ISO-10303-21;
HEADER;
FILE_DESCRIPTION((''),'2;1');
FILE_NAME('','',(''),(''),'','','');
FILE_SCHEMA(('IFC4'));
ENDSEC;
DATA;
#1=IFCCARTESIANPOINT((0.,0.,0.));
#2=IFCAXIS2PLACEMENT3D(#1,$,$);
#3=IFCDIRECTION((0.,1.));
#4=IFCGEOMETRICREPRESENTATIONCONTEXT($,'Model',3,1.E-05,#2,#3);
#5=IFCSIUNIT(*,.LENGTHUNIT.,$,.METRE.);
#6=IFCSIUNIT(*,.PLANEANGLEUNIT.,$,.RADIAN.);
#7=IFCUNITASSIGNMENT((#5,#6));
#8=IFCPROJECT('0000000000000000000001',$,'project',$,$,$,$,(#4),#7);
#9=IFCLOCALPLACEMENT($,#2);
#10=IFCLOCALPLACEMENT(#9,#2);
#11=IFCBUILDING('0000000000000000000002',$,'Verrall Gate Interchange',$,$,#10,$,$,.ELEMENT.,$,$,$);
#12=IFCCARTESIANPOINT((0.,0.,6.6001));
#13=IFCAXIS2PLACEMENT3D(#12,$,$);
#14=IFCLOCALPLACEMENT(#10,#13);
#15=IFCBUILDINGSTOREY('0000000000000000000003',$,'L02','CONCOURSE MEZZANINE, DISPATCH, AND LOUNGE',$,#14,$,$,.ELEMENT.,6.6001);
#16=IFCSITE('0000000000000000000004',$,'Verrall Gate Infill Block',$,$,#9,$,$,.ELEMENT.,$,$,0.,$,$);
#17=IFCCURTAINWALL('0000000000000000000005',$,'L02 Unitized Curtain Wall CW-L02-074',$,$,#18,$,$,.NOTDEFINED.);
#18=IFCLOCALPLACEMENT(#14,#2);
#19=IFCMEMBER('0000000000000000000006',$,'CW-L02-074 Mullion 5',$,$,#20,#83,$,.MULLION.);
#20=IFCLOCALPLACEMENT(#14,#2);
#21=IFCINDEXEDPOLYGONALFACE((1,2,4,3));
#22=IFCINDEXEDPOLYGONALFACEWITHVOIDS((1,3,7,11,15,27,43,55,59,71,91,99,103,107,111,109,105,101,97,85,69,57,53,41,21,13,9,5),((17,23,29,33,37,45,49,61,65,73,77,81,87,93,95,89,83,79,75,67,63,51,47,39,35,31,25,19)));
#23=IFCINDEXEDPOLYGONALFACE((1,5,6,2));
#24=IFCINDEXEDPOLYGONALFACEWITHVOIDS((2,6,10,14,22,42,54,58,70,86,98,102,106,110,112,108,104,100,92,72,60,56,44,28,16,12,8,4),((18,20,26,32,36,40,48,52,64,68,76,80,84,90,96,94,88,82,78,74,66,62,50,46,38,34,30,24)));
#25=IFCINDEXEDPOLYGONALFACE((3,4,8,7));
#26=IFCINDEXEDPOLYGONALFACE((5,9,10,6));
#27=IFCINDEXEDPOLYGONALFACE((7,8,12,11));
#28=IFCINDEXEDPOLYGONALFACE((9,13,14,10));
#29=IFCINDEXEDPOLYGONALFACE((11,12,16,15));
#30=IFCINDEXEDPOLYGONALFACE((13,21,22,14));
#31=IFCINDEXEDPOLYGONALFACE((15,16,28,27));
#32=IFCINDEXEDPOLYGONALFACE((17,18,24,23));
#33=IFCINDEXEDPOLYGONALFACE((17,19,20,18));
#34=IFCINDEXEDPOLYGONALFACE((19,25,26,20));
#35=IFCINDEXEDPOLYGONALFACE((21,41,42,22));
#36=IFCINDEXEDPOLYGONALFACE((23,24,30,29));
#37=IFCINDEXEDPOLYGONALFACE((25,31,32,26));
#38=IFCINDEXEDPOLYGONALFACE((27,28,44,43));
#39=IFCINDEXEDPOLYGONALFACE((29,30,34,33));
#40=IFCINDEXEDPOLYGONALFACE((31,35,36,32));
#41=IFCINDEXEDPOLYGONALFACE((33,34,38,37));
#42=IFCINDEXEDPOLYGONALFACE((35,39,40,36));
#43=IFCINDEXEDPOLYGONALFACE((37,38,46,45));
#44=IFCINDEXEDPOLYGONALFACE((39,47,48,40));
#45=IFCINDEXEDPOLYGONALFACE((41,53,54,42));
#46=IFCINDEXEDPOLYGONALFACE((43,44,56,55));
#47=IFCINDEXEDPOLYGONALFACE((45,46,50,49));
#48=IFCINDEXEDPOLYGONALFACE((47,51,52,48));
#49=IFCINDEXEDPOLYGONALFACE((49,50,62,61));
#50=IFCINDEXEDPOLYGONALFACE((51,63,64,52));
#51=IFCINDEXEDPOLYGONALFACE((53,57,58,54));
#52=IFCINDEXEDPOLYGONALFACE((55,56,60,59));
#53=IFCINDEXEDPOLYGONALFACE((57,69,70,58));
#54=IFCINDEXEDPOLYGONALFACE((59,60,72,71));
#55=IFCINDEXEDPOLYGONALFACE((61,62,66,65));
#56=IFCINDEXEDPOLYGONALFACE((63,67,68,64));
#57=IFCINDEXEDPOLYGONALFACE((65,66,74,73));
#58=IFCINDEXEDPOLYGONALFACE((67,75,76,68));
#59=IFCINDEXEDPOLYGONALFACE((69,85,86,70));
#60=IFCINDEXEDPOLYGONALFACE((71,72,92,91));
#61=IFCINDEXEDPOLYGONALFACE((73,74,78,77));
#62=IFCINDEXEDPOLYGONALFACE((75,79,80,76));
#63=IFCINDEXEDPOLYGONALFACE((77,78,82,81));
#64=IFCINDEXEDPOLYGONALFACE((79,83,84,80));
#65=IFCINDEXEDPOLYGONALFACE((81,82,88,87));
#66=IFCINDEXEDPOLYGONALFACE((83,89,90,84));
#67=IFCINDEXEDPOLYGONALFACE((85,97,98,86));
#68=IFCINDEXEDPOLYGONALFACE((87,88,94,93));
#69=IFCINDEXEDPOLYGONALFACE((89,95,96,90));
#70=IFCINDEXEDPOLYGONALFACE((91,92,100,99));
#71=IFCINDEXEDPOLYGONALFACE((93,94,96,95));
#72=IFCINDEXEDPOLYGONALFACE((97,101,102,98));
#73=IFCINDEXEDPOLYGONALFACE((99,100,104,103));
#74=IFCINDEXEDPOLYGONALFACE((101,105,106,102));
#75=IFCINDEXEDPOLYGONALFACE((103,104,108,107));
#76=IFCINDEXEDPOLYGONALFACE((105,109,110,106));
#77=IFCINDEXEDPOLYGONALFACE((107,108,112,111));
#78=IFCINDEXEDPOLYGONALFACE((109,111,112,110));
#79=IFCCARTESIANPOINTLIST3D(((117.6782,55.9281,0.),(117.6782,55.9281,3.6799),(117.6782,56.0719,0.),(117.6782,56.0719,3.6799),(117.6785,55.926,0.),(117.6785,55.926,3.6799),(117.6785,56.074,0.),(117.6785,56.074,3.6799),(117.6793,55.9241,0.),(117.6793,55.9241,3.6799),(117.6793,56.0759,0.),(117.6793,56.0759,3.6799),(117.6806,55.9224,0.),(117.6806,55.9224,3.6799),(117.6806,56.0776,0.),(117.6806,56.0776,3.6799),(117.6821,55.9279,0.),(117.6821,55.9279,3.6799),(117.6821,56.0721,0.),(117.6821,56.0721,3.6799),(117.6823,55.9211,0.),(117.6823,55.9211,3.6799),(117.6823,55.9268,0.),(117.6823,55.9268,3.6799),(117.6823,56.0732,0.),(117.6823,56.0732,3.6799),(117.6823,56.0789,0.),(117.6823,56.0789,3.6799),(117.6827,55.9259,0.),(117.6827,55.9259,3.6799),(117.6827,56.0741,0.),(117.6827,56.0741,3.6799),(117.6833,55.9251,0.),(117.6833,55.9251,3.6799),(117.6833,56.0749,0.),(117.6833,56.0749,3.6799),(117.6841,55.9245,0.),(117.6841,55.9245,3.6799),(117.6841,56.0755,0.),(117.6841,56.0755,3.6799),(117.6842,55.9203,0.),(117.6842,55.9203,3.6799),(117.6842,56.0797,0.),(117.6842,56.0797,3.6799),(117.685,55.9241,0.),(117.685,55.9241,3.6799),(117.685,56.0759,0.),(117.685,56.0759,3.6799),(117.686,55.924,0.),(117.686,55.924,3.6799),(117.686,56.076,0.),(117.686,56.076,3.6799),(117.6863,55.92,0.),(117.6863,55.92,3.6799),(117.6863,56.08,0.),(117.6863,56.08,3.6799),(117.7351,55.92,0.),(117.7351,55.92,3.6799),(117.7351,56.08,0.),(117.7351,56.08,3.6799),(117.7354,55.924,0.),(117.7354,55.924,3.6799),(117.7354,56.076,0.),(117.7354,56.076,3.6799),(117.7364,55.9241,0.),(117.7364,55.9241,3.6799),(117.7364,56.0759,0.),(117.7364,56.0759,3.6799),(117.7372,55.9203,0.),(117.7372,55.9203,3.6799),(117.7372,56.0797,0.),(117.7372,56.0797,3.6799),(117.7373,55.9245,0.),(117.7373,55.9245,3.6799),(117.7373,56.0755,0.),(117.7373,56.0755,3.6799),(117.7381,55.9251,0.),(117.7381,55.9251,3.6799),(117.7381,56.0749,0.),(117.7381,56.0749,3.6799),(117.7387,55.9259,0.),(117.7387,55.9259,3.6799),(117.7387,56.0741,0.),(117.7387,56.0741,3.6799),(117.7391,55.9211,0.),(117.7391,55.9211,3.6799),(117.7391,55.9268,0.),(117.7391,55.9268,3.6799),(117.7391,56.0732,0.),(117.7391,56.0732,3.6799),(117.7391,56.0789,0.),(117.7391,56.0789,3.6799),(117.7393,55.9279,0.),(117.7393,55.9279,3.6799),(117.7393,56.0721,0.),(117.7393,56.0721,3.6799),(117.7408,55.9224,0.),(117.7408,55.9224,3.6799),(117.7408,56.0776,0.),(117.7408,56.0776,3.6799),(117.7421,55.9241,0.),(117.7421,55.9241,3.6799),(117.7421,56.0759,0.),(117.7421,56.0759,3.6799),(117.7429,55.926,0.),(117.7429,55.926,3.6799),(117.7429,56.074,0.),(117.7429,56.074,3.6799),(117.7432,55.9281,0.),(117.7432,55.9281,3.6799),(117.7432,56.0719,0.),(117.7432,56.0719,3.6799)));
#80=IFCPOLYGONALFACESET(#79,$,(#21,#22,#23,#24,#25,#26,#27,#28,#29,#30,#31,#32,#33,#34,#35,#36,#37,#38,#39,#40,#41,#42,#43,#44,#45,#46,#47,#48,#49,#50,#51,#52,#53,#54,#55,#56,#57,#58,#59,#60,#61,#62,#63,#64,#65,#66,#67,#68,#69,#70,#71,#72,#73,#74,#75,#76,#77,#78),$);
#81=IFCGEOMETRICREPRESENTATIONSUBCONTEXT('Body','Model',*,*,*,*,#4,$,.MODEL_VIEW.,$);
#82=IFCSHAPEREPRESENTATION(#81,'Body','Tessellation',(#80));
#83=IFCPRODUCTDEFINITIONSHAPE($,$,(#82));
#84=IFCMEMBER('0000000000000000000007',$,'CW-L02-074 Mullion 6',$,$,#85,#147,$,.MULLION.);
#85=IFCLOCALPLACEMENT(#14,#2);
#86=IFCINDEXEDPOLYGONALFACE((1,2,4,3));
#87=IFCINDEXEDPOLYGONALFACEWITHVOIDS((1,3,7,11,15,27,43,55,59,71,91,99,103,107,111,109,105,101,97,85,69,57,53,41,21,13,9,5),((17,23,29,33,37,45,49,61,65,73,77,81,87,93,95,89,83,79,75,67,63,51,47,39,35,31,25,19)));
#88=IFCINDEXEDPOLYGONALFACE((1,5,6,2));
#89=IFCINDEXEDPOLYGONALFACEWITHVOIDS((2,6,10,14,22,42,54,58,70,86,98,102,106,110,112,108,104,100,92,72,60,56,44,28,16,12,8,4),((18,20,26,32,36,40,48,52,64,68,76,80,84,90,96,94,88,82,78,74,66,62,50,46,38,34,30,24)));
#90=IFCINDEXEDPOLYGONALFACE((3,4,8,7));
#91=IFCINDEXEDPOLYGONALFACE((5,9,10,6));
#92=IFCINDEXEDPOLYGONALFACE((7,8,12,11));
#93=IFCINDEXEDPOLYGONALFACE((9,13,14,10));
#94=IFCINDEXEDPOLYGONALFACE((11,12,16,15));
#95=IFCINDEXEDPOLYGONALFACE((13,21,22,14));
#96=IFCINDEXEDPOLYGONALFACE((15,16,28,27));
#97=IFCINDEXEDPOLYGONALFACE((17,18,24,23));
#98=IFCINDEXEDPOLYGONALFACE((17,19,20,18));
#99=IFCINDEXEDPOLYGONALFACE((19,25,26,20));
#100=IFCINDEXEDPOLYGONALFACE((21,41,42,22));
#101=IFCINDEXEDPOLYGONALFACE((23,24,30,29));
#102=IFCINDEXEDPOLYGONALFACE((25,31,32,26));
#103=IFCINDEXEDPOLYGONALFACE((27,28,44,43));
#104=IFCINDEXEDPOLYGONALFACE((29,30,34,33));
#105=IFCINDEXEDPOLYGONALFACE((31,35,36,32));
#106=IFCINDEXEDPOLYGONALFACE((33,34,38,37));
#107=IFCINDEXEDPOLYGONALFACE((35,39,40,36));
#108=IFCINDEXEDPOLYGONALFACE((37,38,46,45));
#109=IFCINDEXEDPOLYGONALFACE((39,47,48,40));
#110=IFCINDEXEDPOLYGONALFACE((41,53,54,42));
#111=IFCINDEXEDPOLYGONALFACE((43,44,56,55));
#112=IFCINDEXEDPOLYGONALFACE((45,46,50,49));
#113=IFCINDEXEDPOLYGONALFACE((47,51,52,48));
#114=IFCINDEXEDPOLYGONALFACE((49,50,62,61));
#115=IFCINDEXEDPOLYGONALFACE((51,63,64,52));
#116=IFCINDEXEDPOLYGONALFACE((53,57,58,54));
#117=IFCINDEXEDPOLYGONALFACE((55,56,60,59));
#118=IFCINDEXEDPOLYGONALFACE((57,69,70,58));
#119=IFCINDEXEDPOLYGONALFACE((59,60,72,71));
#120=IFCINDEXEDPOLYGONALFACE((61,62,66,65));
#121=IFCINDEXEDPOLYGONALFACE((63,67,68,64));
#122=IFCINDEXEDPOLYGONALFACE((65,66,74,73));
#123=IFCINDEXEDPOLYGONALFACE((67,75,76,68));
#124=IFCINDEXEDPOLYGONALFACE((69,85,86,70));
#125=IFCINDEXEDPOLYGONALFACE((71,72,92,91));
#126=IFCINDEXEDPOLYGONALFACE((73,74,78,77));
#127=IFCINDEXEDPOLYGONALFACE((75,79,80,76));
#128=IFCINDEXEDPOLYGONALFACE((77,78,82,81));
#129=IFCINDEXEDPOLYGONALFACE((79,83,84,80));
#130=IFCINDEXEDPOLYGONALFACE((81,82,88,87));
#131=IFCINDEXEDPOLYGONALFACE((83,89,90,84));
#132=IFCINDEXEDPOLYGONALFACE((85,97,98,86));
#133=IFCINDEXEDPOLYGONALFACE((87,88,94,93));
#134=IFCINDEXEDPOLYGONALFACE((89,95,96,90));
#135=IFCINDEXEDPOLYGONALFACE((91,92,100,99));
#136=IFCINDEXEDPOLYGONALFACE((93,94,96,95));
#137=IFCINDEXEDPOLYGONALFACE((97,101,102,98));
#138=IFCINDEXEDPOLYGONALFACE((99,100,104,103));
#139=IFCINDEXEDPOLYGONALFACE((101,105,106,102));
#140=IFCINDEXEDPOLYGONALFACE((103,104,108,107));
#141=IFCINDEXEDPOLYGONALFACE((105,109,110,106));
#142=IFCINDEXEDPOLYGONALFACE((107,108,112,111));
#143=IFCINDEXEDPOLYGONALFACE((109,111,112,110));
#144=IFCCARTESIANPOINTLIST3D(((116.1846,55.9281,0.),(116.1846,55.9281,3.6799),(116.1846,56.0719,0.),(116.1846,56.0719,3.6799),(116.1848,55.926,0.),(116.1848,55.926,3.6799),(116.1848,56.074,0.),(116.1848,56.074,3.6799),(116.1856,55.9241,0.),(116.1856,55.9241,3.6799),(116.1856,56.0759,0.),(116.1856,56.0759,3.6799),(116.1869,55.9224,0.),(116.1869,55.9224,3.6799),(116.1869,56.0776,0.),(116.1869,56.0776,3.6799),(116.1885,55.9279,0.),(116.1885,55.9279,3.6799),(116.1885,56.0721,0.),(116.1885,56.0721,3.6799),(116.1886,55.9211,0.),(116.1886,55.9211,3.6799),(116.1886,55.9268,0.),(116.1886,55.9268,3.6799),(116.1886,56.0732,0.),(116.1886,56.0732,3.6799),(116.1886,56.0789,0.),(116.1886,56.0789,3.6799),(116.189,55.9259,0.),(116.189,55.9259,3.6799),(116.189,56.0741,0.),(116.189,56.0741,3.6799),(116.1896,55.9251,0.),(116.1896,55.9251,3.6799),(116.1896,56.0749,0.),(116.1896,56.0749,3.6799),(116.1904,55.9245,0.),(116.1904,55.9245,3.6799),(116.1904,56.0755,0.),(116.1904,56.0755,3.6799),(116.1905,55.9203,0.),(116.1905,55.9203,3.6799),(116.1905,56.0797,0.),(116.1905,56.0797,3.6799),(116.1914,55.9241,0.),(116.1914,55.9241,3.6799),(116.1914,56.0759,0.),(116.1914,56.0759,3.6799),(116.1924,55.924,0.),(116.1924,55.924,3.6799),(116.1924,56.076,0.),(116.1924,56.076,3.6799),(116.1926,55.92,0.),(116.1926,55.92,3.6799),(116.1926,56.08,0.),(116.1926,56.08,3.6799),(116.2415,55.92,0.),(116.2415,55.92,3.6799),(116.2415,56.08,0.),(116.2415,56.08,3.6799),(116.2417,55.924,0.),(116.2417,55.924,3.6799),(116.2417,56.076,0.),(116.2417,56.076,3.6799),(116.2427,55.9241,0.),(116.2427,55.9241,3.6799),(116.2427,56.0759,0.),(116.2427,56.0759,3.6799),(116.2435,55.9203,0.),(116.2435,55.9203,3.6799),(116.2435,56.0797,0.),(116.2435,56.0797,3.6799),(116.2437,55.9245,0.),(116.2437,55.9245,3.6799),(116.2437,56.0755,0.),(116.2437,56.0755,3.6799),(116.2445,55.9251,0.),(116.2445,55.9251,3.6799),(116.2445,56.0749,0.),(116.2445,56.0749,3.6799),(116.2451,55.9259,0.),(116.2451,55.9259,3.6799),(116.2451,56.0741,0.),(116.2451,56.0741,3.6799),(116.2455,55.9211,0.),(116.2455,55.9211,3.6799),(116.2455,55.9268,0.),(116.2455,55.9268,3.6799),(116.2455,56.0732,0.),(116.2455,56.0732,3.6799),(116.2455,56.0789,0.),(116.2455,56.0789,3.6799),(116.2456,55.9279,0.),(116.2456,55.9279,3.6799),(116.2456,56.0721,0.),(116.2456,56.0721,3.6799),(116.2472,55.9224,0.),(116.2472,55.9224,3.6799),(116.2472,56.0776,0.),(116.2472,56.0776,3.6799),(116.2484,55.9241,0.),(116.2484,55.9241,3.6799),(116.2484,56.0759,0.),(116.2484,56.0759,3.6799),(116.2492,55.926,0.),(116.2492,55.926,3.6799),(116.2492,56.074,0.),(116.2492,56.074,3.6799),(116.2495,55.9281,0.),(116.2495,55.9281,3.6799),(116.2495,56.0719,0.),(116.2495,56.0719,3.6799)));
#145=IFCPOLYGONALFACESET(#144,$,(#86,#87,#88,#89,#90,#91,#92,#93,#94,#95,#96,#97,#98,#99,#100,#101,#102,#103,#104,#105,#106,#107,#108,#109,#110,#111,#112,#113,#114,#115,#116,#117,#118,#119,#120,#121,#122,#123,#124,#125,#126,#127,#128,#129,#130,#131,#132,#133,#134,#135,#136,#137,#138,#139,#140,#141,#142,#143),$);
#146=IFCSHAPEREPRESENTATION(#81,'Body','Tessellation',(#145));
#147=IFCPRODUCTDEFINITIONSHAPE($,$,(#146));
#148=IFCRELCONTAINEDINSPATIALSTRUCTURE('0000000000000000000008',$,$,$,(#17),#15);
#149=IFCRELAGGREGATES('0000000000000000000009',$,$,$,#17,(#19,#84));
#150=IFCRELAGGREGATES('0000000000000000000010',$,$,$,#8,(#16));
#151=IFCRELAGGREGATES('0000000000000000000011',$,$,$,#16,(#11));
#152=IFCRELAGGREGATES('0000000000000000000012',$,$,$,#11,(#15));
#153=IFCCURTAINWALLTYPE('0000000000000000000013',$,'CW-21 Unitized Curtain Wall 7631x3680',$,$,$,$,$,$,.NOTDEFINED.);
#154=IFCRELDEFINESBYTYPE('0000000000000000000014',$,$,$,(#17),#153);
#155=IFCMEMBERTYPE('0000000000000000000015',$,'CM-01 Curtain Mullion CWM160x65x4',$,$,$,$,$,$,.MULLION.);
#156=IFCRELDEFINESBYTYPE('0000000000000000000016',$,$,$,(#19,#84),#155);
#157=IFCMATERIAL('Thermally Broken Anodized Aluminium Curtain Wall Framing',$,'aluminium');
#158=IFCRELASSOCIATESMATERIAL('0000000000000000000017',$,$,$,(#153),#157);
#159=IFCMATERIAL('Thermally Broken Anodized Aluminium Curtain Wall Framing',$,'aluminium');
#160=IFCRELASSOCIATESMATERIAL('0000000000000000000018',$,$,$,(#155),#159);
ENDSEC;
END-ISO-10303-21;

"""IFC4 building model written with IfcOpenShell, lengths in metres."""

from ifc_helpers import new_model, si_unit, direction, frame, origin, origin_2d, place, context, subcontext, project, spatial, hollow_rectangle, extrude, material, material_profile, profile_set, type_object, element, aggregate, save


model = new_model("IFC4")

# Units and contexts
model_context = context("Model", 3, precision=1e-05, world=origin(), true_north=direction((0.0, 1.0)))
body_context = subcontext(model_context, "Body", "Model", "MODEL_VIEW")
ifc_project = project(units=[si_unit("LENGTHUNIT", "METRE"), si_unit("PLANEANGLEUNIT", "RADIAN")], contexts=[model_context])

# Site, building, storey
site_placement = place(None, origin())
site = spatial("IfcSite", under=ifc_project, at=site_placement, Name="Verrall Gate Infill Block", CompositionType="ELEMENT", RefElevation=0.0)
building_placement = place(site_placement, origin())
building = spatial("IfcBuilding", under=site, at=building_placement, Name="Verrall Gate Interchange", CompositionType="ELEMENT")
storey_placement = place(building_placement, frame((0.0, 0.0, 6.6001)))
storey = spatial("IfcBuildingStorey", under=building, at=storey_placement, Name="L02", Description="CONCOURSE MEZZANINE, DISPATCH, AND LOUNGE", CompositionType="ELEMENT", Elevation=6.6001)

# Curtain wall, members
ifc_material_1 = material(Name="Thermally Broken Anodized Aluminium Curtain Wall Framing", Category="aluminium")
curtain_wall_type = type_object("IfcCurtainWallType", Name="CW-21 Unitized Curtain Wall 7631x3680", PredefinedType="NOTDEFINED", material=ifc_material_1)
curtain_wall_1_placement = place(storey_placement, origin())
curtain_wall_1 = element("IfcCurtainWall", 1, at=curtain_wall_1_placement, inside=storey, type_object=curtain_wall_type, Name="L02 Unitized Curtain Wall CW-L02-074", PredefinedType="NOTDEFINED")
ifc_material_2 = material(Name="Thermally Broken Anodized Aluminium Curtain Wall Framing", Category="aluminium")
ifc_material_profile_1 = material_profile(ifc_material_2, hollow_rectangle(XDim=0.0649, YDim=0.1599, WallThickness=0.0039, InnerFilletRadius=0.0039, OuterFilletRadius=0.0081, at=origin_2d()), Name="CWM160x65x4")
ifc_profile_set_1 = profile_set([ifc_material_profile_1], Name="Thermally Broken Anodized Aluminium Curtain Wall Framing")
member_type_1 = type_object("IfcMemberType", Name="CM-01 Curtain Mullion CWM160x65x4", PredefinedType="MULLION", material=ifc_profile_set_1)
member_1_placement = place(storey_placement, frame((117.7107, 56.0, 0.0), z_axis=(0.0, 0.0, 1.0), x_axis=(-1.0, 0.0, 0.0)))
member_1 = element("IfcMember", 2, at=member_1_placement, type_object=member_type_1, Name="CW-L02-074 Mullion 5", PredefinedType="MULLION", context=body_context, shape_type="SweptSolid", body=[
    extrude(hollow_rectangle(XDim=0.0649, YDim=0.1599, WallThickness=0.0039, InnerFilletRadius=0.0039, OuterFilletRadius=0.0081, at=origin_2d()), origin(), (0.0, 0.0, 1.0), 3.6799),
])
member_2_placement = place(storey_placement, frame((116.217, 56.0, 0.0), z_axis=(0.0, 0.0, 1.0), x_axis=(-1.0, 0.0, 0.0)))
member_2 = element("IfcMember", 3, at=member_2_placement, type_object=member_type_1, Name="CW-L02-074 Mullion 6", PredefinedType="MULLION", context=body_context, shape_type="SweptSolid", body=[
    extrude(hollow_rectangle(XDim=0.0649, YDim=0.1599, WallThickness=0.0039, InnerFilletRadius=0.0039, OuterFilletRadius=0.0081, at=origin_2d()), origin(), (0.0, 0.0, 1.0), 3.6799),
])

aggregate(curtain_wall_1, [member_1, member_2])

save(model, "model.ifc")
